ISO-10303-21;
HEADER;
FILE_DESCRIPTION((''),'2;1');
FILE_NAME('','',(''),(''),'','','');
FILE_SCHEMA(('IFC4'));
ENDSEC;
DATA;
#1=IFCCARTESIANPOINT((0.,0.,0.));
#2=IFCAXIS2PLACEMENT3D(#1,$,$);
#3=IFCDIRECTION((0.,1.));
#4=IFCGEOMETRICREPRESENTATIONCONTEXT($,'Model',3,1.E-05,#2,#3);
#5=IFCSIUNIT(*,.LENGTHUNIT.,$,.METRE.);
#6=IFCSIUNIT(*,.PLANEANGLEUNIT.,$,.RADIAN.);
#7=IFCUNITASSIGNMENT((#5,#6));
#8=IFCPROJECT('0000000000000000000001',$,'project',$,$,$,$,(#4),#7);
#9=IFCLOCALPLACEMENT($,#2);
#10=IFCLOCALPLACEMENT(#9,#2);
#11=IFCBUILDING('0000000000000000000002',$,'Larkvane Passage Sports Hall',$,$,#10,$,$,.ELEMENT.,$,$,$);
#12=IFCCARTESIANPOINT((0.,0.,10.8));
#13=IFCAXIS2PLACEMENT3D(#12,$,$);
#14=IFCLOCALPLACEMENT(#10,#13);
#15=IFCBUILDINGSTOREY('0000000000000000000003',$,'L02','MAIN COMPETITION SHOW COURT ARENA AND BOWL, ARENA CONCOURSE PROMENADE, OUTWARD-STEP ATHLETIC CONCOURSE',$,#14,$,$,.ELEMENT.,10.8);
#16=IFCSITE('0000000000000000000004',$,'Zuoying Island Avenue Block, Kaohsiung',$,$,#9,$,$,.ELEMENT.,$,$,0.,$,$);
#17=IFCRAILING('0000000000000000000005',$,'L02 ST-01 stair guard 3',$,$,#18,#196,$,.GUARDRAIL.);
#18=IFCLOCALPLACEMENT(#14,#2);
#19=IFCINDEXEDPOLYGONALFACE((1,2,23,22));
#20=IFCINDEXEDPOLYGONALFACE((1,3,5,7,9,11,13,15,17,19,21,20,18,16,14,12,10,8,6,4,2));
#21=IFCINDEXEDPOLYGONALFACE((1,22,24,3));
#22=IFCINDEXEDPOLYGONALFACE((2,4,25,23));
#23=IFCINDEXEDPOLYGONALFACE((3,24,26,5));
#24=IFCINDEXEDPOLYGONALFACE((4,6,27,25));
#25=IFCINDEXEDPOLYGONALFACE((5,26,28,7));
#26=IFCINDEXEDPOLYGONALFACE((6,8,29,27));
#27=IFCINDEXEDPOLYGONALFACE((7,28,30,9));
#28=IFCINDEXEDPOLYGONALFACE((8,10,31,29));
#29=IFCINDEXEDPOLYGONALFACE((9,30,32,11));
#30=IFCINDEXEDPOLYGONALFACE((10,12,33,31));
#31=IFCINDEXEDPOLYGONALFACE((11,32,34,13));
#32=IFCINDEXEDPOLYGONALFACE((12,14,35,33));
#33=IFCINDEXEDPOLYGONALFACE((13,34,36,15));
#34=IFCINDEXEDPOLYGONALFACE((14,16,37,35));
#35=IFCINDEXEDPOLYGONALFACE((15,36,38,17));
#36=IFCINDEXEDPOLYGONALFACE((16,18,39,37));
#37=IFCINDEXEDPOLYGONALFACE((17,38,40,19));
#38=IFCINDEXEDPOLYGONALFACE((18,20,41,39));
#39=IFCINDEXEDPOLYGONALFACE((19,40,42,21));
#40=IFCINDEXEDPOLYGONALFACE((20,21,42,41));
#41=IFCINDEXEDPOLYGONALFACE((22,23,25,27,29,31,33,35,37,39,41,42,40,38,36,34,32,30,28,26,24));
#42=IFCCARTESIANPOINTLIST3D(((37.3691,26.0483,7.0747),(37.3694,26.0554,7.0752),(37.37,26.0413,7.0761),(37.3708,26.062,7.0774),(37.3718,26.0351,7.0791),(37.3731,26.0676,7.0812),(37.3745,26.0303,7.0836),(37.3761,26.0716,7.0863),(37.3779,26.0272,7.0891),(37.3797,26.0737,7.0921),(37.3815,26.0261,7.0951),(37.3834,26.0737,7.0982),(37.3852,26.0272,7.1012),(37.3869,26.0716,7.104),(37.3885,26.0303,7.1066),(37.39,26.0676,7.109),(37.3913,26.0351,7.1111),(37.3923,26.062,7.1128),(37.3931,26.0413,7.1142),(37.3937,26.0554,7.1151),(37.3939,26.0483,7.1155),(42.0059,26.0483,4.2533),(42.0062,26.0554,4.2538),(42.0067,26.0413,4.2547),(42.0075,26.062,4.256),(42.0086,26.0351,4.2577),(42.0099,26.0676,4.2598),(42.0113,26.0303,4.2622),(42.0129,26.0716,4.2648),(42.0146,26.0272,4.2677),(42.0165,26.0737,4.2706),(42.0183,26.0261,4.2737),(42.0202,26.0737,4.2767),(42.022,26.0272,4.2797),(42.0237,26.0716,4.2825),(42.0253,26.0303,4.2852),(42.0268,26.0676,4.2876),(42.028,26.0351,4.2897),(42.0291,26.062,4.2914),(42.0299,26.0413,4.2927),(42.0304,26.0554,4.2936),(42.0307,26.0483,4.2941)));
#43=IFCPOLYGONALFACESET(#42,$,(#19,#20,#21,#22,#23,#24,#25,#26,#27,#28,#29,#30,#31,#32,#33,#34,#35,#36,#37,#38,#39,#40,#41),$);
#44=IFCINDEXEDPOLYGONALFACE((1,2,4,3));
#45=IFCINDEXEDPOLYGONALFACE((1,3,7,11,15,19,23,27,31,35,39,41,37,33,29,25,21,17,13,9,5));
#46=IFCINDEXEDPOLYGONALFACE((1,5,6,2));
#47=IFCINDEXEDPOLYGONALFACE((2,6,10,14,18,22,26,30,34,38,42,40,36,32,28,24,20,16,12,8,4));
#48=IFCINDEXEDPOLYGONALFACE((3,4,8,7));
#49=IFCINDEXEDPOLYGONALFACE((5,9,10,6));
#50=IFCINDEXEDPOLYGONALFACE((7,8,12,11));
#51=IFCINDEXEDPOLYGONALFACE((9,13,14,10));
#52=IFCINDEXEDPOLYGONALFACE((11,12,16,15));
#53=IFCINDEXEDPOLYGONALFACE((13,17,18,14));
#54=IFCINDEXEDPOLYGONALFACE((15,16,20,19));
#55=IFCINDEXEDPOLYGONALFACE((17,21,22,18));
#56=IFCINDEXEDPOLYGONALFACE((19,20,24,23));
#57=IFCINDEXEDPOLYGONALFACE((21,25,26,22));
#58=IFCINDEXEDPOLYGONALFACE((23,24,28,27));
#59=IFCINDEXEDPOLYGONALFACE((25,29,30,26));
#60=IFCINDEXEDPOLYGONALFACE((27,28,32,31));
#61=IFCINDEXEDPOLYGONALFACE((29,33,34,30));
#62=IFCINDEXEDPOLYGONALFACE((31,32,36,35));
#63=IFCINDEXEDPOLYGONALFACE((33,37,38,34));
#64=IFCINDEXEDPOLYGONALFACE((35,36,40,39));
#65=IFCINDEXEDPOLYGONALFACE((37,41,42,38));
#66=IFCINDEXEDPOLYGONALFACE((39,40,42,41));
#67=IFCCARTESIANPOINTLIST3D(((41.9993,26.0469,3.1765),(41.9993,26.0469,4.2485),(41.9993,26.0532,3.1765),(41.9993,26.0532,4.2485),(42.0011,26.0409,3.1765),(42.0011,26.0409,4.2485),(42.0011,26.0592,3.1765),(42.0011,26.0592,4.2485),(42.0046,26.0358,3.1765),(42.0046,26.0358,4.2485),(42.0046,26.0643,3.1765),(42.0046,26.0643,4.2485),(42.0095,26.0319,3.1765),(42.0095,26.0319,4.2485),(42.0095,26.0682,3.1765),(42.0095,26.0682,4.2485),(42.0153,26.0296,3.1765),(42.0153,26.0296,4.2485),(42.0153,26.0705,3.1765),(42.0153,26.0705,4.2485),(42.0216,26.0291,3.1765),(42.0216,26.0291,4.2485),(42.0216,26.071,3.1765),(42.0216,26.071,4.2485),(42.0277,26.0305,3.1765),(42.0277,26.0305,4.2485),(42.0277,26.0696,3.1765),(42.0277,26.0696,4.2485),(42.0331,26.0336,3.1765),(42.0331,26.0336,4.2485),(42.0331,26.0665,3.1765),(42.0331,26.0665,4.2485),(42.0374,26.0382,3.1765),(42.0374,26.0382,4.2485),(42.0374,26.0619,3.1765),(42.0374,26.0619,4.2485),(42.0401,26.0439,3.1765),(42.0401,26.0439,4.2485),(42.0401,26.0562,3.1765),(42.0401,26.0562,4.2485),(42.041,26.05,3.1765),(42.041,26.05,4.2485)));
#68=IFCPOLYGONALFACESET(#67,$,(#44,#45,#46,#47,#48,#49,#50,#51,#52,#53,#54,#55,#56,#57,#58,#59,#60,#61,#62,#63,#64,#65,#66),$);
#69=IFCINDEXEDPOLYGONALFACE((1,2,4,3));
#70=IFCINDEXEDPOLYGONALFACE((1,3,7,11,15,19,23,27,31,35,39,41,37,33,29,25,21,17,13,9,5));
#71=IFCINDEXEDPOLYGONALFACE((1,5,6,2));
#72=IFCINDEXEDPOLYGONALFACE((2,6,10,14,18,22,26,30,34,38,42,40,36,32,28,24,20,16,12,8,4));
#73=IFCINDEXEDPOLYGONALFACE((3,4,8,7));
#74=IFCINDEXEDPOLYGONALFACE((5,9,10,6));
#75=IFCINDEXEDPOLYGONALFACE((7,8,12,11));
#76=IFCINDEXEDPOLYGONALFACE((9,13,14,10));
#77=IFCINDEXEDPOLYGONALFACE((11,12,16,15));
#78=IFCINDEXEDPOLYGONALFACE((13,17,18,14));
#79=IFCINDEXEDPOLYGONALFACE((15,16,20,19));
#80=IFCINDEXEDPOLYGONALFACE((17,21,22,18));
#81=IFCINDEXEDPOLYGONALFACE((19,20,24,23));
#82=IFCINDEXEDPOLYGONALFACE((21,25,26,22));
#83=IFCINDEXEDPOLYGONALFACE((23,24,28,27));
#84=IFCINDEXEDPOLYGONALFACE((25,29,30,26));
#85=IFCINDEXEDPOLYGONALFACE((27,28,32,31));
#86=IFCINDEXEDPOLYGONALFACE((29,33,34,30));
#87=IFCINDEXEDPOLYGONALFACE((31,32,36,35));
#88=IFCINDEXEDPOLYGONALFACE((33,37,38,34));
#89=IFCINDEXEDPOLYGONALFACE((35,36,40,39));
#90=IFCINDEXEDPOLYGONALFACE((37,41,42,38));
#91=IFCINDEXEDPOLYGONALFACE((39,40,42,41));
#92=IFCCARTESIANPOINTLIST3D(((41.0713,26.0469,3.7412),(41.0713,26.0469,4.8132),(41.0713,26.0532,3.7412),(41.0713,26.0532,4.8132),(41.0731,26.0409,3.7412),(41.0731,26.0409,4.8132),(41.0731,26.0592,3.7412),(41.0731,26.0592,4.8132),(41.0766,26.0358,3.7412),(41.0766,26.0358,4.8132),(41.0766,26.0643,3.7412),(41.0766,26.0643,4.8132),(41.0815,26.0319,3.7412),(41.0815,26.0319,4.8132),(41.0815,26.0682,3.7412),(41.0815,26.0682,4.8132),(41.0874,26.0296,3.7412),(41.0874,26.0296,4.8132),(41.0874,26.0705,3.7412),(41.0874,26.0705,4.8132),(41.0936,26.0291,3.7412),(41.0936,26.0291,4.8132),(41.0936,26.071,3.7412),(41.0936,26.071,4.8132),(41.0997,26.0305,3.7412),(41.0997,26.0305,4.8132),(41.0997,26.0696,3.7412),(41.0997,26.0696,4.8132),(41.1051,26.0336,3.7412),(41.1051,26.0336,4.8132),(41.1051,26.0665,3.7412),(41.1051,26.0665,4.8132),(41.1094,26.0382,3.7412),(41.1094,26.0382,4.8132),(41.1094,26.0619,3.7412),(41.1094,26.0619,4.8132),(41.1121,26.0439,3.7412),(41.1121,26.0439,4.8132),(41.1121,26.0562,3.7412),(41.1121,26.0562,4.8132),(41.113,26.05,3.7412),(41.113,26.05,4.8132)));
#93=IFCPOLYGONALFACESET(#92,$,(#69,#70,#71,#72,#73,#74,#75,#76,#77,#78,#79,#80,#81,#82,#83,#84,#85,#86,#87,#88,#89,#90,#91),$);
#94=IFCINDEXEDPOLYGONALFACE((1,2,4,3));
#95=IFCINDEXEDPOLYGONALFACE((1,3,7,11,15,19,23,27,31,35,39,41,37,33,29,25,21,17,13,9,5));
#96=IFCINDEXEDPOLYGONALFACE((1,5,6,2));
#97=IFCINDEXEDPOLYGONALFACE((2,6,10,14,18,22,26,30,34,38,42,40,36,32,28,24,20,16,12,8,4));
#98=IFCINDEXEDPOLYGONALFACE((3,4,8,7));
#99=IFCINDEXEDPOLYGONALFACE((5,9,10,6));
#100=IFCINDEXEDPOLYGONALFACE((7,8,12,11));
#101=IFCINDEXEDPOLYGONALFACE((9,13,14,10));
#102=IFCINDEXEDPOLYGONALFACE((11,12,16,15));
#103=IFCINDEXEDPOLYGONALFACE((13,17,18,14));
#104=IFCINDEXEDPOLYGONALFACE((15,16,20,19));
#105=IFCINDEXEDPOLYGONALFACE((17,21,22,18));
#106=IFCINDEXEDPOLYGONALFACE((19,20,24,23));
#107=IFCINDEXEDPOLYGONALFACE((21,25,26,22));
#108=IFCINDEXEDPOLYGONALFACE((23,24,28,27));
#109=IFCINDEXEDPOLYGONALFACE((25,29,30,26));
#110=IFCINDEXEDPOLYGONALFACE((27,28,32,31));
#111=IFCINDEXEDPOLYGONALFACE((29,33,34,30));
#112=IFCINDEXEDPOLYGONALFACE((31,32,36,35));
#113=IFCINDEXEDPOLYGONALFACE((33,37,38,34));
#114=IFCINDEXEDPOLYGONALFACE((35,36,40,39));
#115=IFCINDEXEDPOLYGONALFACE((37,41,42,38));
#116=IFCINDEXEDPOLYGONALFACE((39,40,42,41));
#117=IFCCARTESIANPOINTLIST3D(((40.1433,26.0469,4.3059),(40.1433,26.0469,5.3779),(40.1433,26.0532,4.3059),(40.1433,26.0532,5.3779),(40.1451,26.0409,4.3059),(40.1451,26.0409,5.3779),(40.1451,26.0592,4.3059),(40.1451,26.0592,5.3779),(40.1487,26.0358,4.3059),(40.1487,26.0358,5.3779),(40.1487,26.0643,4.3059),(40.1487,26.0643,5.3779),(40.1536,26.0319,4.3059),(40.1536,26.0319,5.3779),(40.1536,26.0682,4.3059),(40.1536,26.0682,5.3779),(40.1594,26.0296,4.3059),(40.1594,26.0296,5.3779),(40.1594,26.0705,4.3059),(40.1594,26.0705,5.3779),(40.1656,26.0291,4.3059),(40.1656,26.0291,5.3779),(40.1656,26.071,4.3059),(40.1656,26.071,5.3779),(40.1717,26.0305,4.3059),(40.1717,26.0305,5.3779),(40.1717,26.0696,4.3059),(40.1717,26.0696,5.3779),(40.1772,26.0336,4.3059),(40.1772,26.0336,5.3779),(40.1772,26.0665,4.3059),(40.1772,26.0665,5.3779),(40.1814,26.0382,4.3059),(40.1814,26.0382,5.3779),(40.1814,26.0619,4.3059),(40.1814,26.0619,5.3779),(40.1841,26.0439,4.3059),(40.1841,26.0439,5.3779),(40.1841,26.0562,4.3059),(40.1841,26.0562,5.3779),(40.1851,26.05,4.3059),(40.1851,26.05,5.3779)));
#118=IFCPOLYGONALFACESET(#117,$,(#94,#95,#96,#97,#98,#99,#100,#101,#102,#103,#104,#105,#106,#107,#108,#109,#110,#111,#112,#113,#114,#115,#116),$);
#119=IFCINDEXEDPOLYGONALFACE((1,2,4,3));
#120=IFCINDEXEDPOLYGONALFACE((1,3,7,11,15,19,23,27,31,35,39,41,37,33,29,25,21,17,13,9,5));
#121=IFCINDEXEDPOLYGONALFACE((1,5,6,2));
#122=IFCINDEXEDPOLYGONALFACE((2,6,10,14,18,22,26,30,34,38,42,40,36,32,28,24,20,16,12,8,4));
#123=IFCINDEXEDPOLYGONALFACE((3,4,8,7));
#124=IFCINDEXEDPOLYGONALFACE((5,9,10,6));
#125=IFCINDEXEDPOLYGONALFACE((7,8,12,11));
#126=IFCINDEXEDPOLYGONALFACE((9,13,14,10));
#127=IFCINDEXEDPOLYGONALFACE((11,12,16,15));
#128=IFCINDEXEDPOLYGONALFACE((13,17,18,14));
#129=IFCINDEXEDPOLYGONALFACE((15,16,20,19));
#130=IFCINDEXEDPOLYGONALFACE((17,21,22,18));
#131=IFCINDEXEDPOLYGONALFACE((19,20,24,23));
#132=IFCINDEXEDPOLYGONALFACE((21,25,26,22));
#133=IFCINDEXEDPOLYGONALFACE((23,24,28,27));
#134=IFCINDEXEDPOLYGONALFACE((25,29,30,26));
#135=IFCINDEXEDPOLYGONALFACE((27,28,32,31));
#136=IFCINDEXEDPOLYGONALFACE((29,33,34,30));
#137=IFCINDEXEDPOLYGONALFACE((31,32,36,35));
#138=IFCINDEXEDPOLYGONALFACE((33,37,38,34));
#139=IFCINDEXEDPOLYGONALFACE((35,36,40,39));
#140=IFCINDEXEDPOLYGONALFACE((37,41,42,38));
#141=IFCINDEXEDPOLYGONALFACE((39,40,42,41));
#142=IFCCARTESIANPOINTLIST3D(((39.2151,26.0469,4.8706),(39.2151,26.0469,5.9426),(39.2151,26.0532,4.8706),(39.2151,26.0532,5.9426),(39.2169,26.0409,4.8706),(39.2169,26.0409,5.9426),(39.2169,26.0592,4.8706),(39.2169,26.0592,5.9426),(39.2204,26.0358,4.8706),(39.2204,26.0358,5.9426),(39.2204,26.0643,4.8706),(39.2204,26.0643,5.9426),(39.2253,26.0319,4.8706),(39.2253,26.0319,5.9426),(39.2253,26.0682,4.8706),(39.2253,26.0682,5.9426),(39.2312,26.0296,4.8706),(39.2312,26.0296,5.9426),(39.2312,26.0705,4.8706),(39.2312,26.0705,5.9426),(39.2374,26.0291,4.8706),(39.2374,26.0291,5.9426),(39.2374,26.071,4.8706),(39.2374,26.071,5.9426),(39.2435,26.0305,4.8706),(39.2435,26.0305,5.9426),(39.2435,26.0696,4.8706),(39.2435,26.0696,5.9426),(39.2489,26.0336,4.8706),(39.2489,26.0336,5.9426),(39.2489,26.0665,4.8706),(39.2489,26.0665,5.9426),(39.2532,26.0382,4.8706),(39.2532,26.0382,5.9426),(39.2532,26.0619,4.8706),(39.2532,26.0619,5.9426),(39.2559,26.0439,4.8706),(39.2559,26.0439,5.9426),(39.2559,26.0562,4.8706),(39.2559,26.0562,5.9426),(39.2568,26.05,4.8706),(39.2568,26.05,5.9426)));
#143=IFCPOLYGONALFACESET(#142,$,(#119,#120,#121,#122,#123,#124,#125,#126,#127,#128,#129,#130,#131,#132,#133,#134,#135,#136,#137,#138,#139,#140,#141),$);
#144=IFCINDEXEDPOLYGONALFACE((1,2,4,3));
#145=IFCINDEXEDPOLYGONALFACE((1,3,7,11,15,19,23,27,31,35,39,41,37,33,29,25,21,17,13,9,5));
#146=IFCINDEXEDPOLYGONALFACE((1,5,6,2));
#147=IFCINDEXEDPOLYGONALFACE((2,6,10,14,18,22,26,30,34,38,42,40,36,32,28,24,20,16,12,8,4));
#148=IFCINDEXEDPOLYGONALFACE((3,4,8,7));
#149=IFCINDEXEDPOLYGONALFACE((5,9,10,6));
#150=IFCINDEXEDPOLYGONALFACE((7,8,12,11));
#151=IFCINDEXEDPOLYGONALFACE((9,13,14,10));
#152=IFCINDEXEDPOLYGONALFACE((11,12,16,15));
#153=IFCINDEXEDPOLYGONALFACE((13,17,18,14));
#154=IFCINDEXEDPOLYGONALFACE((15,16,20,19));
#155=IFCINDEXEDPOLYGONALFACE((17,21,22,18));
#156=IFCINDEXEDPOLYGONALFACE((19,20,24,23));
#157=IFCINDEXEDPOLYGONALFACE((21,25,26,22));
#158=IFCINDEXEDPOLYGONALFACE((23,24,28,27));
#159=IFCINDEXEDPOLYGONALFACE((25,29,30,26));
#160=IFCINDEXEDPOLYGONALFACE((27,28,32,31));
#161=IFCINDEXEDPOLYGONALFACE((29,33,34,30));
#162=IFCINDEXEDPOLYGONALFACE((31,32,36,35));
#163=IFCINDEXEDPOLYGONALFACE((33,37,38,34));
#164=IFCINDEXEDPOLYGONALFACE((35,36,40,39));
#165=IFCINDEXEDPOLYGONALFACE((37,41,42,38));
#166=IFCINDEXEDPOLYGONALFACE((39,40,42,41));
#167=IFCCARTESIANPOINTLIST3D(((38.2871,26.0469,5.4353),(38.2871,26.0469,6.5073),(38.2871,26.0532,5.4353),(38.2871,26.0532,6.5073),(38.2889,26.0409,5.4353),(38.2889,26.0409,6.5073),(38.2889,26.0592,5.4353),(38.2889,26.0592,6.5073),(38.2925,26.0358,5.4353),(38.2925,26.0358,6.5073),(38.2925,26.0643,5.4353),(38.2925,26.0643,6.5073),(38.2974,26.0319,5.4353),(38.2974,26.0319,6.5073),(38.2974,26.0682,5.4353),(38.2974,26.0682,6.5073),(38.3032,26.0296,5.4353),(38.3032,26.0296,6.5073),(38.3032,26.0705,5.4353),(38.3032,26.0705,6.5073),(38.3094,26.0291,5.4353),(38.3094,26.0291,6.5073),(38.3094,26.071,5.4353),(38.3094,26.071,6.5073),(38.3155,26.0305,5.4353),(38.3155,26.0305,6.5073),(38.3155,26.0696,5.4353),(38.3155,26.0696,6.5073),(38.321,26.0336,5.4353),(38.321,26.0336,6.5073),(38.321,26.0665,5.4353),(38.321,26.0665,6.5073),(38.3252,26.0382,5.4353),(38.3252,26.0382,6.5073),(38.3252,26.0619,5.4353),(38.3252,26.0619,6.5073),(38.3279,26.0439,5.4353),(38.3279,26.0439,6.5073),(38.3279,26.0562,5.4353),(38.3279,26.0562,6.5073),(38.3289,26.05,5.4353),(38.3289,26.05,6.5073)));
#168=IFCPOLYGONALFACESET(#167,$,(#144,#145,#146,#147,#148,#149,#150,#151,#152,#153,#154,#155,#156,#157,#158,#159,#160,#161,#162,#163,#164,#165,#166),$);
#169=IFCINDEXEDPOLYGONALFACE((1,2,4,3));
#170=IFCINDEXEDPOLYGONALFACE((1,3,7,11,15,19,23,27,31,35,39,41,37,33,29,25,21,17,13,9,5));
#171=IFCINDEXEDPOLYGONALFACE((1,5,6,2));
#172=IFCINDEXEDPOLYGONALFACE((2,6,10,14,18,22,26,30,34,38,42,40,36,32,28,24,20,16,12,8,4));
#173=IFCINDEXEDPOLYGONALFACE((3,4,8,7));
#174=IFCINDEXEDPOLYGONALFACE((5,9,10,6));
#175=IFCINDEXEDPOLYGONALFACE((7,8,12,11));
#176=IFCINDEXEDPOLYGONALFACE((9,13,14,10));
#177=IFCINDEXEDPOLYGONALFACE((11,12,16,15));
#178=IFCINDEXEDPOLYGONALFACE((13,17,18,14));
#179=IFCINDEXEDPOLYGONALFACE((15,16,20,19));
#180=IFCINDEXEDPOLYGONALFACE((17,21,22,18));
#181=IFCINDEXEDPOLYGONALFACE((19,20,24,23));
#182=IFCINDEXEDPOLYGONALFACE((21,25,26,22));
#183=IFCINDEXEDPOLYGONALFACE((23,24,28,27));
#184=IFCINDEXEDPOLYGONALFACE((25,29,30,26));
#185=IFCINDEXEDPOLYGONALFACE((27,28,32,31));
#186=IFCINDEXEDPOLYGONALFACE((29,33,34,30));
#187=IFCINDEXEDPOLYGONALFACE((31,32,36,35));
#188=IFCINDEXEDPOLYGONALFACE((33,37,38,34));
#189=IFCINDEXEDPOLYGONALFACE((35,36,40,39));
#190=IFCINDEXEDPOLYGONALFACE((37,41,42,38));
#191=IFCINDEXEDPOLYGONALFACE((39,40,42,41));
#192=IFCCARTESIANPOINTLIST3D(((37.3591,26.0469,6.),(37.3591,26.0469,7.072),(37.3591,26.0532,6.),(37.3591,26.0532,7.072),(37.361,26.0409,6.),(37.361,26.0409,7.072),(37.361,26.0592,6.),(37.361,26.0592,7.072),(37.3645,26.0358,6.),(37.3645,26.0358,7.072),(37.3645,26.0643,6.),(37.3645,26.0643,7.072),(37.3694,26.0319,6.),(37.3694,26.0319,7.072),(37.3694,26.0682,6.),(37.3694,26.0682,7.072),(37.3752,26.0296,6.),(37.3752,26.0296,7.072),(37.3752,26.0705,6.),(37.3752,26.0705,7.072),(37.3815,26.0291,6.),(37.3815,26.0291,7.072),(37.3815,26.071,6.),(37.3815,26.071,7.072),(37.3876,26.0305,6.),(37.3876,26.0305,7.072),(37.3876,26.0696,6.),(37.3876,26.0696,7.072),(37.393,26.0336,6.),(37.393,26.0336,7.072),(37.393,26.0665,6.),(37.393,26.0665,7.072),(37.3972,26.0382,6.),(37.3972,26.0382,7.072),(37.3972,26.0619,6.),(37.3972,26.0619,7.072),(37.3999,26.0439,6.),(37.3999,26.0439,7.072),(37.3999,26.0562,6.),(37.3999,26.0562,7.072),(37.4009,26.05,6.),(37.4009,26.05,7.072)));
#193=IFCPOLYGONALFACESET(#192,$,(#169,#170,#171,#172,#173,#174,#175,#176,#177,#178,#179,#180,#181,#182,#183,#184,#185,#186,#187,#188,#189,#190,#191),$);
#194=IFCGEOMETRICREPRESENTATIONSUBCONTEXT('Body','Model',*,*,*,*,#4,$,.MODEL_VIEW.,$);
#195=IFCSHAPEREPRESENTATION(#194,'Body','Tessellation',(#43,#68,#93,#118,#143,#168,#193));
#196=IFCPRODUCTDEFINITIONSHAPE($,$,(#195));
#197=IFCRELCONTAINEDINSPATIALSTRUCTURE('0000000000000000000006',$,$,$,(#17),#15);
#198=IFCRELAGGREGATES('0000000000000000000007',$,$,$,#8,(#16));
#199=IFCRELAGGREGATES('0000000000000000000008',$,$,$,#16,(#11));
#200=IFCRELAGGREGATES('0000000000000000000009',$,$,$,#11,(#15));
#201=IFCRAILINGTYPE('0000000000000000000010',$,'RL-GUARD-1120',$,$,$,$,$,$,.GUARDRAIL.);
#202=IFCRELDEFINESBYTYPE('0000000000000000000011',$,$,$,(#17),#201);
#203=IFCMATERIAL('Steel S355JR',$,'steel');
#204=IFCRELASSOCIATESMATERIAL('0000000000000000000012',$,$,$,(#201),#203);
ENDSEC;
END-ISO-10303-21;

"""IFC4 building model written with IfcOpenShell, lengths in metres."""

from ifc_helpers import new_model, si_unit, direction, frame, origin, origin_2d, place, context, subcontext, project, spatial, circle, extrude, material, type_object, element, save


model = new_model("IFC4")

# Units and contexts
model_context = context("Model", 3, precision=1e-05, world=origin(), true_north=direction((0.0, 1.0)))
body_context = subcontext(model_context, "Body", "Model", "MODEL_VIEW")
ifc_project = project(units=[si_unit("LENGTHUNIT", "METRE"), si_unit("PLANEANGLEUNIT", "RADIAN")], contexts=[model_context])

# Site, building, storey
site_placement = place(None, origin())
site = spatial("IfcSite", under=ifc_project, at=site_placement, Name="Zuoying Island Avenue Block, Kaohsiung", CompositionType="ELEMENT", RefElevation=0.0)
building_placement = place(site_placement, origin())
building = spatial("IfcBuilding", under=site, at=building_placement, Name="Larkvane Passage Sports Hall", CompositionType="ELEMENT")
storey_placement = place(building_placement, frame((0.0, 0.0, 10.8)))
storey = spatial("IfcBuildingStorey", under=building, at=storey_placement, Name="L02", Description="MAIN COMPETITION SHOW COURT ARENA AND BOWL, ARENA CONCOURSE PROMENADE, OUTWARD-STEP ATHLETIC CONCOURSE", CompositionType="ELEMENT", Elevation=10.8)

# Shared definitions
ifc_material_1 = material(Name="Steel S355JR", Category="steel")

# Railing
railing_type_1 = type_object("IfcRailingType", Name="RL-GUARD-1120", PredefinedType="GUARDRAIL", material=ifc_material_1)
railing_1_placement = place(storey_placement, frame((42.02, 26.05, 3.1765)))
element("IfcRailing", 1, at=railing_1_placement, inside=storey, type_object=railing_type_1, Name="L02 ST-01 stair guard 3", PredefinedType="GUARDRAIL", context=body_context, shape_type="SweptSolid", body=[
    extrude(circle(Radius=0.0239, at=origin_2d()), frame((-0.0017, 0.0, 1.0972), z_axis=(-0.854276, 0.0, 0.51982), x_axis=(0.0, -1.0, 0.0)), (0.0, 0.0, 1.0), 5.4277),
    extrude(circle(Radius=0.021, at=origin_2d()), origin(), (0.0, 0.0, 1.0), 1.072),
    extrude(circle(Radius=0.021, at=origin_2d()), frame((-0.928, 0.0, 0.5647)), (0.0, 0.0, 1.0), 1.072),
    extrude(circle(Radius=0.021, at=origin_2d()), frame((-1.856, 0.0, 1.1294)), (0.0, 0.0, 1.0), 1.072),
    extrude(circle(Radius=0.021, at=origin_2d()), frame((-2.7842, 0.0, 1.6941)), (0.0, 0.0, 1.0), 1.072),
    extrude(circle(Radius=0.021, at=origin_2d()), frame((-3.7122, 0.0, 2.2588)), (0.0, 0.0, 1.0), 1.072),
    extrude(circle(Radius=0.021, at=origin_2d()), frame((-4.6401, 0.0, 2.8235)), (0.0, 0.0, 1.0), 1.072),
])

save(model, "model.ifc")
